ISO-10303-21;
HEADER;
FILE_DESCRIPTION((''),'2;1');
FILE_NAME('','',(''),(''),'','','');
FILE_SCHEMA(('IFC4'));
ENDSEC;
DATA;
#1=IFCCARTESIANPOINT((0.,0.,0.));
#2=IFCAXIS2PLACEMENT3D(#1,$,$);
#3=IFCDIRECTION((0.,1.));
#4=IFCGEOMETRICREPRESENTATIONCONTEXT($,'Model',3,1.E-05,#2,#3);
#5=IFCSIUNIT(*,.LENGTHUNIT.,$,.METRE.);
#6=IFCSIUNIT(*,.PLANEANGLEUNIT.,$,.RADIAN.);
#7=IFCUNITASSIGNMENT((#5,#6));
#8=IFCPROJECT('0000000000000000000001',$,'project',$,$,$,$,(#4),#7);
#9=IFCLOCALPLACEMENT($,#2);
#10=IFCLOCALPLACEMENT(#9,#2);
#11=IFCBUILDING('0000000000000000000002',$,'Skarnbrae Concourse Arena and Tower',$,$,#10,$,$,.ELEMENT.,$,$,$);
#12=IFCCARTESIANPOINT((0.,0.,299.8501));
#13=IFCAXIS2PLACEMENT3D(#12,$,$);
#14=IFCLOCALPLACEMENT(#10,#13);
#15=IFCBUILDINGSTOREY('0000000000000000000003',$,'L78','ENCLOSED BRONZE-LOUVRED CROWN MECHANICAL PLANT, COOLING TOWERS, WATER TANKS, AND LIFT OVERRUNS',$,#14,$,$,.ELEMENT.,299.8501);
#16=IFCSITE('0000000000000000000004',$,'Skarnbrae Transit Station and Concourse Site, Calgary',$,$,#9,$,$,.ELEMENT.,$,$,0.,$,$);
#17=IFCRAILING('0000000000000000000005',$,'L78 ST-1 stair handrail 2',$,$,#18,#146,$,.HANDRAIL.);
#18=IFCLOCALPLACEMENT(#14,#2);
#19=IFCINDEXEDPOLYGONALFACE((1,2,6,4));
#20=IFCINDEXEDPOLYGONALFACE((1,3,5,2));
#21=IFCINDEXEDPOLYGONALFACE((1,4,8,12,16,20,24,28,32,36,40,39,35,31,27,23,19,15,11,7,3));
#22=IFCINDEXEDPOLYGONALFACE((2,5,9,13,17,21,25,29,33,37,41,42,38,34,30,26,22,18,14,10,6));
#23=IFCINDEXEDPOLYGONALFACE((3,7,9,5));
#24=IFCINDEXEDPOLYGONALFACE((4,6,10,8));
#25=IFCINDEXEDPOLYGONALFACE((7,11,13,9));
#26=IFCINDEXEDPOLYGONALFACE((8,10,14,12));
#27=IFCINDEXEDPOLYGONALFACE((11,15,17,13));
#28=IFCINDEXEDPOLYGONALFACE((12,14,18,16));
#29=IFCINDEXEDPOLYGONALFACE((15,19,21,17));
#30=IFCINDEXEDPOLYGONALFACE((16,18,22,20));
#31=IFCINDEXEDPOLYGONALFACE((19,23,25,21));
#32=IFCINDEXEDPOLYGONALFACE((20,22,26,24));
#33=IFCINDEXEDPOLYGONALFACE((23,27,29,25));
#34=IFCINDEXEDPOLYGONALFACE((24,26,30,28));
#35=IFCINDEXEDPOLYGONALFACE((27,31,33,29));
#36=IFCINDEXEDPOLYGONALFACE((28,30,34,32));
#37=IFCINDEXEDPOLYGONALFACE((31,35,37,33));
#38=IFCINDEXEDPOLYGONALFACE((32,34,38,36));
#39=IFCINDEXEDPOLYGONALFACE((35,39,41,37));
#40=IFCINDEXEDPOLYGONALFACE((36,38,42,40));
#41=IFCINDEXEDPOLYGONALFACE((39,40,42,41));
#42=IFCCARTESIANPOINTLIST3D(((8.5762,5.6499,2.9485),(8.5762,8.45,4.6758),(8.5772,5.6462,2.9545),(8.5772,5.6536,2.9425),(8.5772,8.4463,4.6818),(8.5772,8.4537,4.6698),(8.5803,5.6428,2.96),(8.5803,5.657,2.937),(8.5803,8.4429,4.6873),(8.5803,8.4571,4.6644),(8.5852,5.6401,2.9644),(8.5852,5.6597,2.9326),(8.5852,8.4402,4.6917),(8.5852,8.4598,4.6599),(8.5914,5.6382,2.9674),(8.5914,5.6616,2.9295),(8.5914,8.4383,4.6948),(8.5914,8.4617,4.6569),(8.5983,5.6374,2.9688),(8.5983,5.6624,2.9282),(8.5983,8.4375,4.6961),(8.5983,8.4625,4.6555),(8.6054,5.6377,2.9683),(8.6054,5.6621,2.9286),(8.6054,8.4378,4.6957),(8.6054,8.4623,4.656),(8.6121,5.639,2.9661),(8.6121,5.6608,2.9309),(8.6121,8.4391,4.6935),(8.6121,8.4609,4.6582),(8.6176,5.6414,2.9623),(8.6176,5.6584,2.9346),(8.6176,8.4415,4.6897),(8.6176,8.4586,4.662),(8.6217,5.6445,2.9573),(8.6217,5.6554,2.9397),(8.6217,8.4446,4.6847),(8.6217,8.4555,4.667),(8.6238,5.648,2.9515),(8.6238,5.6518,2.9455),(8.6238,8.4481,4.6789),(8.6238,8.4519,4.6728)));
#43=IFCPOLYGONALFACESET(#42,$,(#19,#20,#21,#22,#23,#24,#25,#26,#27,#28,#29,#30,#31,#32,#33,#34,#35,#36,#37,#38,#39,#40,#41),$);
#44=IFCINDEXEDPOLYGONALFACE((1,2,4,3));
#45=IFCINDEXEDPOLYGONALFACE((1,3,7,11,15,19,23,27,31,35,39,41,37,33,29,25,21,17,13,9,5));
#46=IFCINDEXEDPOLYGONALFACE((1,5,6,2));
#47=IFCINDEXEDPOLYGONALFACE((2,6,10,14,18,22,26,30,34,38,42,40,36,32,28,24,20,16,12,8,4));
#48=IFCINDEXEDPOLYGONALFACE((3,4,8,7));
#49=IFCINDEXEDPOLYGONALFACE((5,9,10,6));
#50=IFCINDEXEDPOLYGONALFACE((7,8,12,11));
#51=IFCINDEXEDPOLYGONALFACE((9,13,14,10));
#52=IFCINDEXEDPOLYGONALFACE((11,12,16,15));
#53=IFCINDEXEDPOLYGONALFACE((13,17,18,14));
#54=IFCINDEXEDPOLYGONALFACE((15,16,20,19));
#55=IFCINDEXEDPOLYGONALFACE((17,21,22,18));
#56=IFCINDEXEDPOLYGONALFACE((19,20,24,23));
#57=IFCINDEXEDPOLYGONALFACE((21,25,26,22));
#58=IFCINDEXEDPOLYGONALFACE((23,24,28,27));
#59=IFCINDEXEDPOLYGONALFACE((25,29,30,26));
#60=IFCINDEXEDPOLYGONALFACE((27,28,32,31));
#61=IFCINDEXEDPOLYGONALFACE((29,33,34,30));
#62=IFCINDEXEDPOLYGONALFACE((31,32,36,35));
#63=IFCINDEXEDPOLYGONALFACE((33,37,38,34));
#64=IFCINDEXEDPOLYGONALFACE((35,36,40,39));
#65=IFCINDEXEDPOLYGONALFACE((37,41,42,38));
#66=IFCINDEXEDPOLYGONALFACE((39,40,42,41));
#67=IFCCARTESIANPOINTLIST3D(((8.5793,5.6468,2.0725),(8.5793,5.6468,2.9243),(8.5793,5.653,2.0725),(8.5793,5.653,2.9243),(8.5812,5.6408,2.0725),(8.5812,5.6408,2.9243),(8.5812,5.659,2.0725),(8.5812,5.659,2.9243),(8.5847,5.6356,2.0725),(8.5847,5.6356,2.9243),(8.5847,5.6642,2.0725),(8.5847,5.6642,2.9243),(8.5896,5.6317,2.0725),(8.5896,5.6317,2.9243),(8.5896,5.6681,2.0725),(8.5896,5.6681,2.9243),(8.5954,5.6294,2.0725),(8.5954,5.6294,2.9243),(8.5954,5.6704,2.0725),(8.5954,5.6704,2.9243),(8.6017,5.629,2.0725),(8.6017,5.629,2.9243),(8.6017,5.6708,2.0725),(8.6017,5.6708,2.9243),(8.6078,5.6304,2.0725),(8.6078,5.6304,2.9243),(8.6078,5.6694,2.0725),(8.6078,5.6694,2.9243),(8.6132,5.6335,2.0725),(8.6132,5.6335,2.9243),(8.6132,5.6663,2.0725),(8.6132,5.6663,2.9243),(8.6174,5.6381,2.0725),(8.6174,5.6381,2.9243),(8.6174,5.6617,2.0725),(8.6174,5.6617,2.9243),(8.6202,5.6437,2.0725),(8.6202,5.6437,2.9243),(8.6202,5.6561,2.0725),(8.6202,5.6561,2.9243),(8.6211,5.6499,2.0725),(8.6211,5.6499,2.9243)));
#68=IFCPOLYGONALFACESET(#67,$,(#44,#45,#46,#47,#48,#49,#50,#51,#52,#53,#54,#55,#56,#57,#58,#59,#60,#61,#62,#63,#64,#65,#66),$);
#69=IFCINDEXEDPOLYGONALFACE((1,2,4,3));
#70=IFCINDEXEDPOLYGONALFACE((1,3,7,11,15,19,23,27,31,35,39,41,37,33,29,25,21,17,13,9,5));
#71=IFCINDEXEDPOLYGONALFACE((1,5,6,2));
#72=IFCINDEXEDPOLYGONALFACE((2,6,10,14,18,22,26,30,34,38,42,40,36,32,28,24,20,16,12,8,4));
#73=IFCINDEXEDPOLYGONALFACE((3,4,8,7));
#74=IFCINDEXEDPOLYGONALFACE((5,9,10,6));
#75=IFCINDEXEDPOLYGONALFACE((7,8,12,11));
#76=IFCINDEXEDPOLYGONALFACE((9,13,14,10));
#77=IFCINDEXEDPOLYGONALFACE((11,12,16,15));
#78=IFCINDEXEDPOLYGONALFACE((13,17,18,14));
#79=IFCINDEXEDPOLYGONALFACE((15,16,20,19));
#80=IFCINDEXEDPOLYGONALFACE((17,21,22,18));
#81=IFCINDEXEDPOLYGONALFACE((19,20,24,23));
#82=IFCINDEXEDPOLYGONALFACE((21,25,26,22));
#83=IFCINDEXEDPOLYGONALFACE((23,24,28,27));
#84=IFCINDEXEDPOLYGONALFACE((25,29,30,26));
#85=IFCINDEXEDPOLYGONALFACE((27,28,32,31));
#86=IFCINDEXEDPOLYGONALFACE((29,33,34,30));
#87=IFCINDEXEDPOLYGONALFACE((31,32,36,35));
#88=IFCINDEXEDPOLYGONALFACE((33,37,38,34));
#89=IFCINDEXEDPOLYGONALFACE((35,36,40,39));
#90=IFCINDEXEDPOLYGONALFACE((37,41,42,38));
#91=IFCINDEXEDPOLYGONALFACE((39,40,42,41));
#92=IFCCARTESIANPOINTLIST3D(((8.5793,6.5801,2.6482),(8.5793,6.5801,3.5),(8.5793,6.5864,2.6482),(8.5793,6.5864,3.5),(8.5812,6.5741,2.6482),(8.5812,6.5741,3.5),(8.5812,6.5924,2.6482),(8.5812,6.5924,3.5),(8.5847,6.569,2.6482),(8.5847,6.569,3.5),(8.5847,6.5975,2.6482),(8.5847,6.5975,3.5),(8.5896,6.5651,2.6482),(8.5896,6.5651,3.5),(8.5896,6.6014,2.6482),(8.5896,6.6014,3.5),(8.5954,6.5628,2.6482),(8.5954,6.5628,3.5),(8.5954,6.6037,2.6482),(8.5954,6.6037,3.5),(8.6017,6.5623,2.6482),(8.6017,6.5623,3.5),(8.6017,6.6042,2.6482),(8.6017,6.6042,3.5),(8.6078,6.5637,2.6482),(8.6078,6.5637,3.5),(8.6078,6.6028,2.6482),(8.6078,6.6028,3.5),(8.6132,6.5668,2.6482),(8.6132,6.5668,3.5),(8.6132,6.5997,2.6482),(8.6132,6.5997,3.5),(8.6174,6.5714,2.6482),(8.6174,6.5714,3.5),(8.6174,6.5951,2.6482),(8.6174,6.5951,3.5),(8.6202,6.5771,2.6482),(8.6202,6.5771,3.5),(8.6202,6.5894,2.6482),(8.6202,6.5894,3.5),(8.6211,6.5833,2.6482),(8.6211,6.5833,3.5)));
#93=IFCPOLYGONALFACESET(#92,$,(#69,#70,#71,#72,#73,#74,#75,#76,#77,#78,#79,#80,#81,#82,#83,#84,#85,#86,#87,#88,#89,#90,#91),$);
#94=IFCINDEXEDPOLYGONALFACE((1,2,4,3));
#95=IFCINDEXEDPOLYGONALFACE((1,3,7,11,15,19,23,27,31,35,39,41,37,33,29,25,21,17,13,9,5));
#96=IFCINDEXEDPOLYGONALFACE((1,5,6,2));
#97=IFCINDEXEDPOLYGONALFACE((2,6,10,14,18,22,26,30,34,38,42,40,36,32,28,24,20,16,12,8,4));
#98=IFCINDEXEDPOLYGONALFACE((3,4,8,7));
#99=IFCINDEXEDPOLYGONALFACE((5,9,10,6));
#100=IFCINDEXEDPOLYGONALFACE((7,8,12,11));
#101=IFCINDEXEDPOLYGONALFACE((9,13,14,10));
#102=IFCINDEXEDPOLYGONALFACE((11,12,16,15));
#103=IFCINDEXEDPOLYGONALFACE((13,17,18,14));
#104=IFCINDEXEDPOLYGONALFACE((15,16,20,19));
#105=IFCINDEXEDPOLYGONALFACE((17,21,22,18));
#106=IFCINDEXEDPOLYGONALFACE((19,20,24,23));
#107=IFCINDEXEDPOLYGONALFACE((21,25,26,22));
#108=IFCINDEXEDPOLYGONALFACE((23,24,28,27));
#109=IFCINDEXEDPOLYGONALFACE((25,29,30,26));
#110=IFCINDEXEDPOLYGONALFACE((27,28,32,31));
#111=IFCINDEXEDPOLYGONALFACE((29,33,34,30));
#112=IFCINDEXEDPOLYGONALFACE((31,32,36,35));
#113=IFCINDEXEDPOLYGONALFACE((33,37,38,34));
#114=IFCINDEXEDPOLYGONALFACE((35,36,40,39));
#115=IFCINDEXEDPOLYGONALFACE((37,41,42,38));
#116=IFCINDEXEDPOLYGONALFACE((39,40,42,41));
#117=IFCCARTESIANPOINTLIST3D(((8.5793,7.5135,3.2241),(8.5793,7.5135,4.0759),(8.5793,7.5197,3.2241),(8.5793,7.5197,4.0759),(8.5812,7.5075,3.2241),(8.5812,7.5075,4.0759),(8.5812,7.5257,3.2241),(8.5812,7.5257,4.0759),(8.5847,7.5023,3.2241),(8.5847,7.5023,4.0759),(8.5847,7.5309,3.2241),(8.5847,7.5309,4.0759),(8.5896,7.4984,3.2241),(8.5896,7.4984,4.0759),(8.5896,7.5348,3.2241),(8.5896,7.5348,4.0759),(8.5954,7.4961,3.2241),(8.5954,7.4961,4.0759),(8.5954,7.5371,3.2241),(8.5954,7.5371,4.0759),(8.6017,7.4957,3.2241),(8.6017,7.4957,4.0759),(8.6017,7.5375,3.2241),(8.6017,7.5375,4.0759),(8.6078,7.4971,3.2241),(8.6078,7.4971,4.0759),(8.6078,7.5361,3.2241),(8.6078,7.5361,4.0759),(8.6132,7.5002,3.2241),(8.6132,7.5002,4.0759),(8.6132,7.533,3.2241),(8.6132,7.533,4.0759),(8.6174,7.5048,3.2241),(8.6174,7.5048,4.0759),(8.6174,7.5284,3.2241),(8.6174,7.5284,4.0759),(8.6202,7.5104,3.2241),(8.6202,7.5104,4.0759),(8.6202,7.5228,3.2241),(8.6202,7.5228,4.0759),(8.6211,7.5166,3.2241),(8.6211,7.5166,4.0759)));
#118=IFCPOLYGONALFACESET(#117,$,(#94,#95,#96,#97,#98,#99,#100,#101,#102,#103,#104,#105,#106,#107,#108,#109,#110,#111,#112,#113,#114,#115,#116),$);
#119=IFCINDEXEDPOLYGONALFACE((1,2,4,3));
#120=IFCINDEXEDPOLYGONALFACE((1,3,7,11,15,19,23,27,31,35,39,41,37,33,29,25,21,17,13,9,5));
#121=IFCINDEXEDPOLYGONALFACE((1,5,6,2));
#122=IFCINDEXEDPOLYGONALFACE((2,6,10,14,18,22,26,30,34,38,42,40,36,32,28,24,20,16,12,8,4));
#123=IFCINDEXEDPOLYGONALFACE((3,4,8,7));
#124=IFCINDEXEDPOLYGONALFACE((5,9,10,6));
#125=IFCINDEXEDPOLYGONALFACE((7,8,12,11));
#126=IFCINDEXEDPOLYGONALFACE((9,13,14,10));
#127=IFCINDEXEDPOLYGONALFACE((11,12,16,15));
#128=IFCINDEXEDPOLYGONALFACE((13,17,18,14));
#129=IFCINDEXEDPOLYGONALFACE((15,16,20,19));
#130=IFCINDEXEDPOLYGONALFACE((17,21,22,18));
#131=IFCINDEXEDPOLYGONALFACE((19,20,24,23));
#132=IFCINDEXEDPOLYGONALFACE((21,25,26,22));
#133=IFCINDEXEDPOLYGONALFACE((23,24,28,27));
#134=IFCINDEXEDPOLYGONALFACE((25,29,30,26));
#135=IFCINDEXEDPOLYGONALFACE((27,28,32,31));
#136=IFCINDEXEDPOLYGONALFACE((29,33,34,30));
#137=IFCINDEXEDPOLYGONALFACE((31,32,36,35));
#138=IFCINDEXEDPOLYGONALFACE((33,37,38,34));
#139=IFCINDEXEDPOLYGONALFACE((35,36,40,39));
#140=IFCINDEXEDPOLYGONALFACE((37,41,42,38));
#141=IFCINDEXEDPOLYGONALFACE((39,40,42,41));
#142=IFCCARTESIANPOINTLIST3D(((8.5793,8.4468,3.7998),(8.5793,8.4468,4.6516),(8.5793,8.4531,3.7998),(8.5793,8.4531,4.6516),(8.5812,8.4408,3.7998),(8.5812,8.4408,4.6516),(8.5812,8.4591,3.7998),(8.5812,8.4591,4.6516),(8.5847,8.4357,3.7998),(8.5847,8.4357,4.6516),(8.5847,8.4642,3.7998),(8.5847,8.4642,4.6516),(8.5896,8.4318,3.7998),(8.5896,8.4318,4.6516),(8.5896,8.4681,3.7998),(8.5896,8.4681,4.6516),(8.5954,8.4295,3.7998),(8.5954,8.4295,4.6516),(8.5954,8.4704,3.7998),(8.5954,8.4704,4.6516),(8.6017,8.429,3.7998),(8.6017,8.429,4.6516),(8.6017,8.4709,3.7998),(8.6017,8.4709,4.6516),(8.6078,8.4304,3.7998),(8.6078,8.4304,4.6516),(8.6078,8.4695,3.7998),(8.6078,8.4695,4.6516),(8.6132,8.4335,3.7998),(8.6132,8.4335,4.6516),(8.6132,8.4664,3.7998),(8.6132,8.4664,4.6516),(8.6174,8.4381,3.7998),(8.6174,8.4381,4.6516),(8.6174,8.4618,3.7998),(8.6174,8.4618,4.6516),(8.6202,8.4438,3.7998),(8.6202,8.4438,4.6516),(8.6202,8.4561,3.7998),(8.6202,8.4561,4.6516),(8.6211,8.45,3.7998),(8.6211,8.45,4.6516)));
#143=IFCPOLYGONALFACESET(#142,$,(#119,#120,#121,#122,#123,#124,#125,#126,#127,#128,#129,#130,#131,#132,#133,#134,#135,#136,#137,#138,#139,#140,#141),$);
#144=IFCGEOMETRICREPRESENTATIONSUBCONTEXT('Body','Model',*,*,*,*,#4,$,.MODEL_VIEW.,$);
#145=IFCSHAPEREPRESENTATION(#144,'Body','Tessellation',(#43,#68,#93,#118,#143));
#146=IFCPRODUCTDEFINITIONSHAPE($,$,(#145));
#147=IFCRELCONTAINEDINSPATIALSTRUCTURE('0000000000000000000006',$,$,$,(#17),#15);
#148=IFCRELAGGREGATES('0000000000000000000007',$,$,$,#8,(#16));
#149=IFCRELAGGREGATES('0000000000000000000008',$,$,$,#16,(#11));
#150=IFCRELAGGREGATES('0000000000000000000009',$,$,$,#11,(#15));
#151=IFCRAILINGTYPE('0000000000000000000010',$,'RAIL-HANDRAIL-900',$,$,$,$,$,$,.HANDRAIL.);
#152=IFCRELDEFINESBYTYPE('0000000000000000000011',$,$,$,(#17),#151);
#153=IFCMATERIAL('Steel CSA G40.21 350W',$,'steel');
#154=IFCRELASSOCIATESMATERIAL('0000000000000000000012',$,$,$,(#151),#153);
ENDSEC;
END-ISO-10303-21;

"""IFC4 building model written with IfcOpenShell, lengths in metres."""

from ifc_helpers import new_model, si_unit, direction, frame, origin, origin_2d, place, context, subcontext, project, spatial, circle, extrude, material, type_object, element, save


model = new_model("IFC4")

# Units and contexts
model_context = context("Model", 3, precision=1e-05, world=origin(), true_north=direction((0.0, 1.0)))
body_context = subcontext(model_context, "Body", "Model", "MODEL_VIEW")
ifc_project = project(units=[si_unit("LENGTHUNIT", "METRE"), si_unit("PLANEANGLEUNIT", "RADIAN")], contexts=[model_context])

# Site, building, storey
site_placement = place(None, origin())
site = spatial("IfcSite", under=ifc_project, at=site_placement, Name="Skarnbrae Transit Station and Concourse Site, Calgary", CompositionType="ELEMENT", RefElevation=0.0)
building_placement = place(site_placement, origin())
building = spatial("IfcBuilding", under=site, at=building_placement, Name="Skarnbrae Concourse Arena and Tower", CompositionType="ELEMENT")
storey_placement = place(building_placement, frame((0.0, 0.0, 299.8501)))
storey = spatial("IfcBuildingStorey", under=building, at=storey_placement, Name="L78", Description="ENCLOSED BRONZE-LOUVRED CROWN MECHANICAL PLANT, COOLING TOWERS, WATER TANKS, AND LIFT OVERRUNS", CompositionType="ELEMENT", Elevation=299.8501)

# Shared definitions
ifc_material_1 = material(Name="Steel CSA G40.21 350W", Category="steel")

# Railing
railing_type_1 = type_object("IfcRailingType", Name="RAIL-HANDRAIL-900", PredefinedType="HANDRAIL", material=ifc_material_1)
railing_1_placement = place(storey_placement, frame((8.6001, 5.6499, 2.0725)))
element("IfcRailing", 1, at=railing_1_placement, inside=storey, type_object=railing_type_1, Name="L78 ST-1 stair handrail 2", PredefinedType="HANDRAIL", context=body_context, shape_type="SweptSolid", body=[
    extrude(circle(Radius=0.0239, at=origin_2d()), frame((0.0, 0.0, 0.876), z_axis=(0.0, 0.85109, 0.52502), x_axis=(-1.0, 0.0, 0.0)), (0.0, 0.0, 1.0), 3.29),
    extrude(circle(Radius=0.021, at=origin_2d()), origin(), (0.0, 0.0, 1.0), 0.8518),
    extrude(circle(Radius=0.021, at=origin_2d()), frame((0.0, 0.9333, 0.5757)), (0.0, 0.0, 1.0), 0.8518),
    extrude(circle(Radius=0.021, at=origin_2d()), frame((0.0, 1.8667, 1.1516)), (0.0, 0.0, 1.0), 0.8518),
    extrude(circle(Radius=0.021, at=origin_2d()), frame((0.0, 2.8, 1.7273)), (0.0, 0.0, 1.0), 0.8518),
])

save(model, "model.ifc")
